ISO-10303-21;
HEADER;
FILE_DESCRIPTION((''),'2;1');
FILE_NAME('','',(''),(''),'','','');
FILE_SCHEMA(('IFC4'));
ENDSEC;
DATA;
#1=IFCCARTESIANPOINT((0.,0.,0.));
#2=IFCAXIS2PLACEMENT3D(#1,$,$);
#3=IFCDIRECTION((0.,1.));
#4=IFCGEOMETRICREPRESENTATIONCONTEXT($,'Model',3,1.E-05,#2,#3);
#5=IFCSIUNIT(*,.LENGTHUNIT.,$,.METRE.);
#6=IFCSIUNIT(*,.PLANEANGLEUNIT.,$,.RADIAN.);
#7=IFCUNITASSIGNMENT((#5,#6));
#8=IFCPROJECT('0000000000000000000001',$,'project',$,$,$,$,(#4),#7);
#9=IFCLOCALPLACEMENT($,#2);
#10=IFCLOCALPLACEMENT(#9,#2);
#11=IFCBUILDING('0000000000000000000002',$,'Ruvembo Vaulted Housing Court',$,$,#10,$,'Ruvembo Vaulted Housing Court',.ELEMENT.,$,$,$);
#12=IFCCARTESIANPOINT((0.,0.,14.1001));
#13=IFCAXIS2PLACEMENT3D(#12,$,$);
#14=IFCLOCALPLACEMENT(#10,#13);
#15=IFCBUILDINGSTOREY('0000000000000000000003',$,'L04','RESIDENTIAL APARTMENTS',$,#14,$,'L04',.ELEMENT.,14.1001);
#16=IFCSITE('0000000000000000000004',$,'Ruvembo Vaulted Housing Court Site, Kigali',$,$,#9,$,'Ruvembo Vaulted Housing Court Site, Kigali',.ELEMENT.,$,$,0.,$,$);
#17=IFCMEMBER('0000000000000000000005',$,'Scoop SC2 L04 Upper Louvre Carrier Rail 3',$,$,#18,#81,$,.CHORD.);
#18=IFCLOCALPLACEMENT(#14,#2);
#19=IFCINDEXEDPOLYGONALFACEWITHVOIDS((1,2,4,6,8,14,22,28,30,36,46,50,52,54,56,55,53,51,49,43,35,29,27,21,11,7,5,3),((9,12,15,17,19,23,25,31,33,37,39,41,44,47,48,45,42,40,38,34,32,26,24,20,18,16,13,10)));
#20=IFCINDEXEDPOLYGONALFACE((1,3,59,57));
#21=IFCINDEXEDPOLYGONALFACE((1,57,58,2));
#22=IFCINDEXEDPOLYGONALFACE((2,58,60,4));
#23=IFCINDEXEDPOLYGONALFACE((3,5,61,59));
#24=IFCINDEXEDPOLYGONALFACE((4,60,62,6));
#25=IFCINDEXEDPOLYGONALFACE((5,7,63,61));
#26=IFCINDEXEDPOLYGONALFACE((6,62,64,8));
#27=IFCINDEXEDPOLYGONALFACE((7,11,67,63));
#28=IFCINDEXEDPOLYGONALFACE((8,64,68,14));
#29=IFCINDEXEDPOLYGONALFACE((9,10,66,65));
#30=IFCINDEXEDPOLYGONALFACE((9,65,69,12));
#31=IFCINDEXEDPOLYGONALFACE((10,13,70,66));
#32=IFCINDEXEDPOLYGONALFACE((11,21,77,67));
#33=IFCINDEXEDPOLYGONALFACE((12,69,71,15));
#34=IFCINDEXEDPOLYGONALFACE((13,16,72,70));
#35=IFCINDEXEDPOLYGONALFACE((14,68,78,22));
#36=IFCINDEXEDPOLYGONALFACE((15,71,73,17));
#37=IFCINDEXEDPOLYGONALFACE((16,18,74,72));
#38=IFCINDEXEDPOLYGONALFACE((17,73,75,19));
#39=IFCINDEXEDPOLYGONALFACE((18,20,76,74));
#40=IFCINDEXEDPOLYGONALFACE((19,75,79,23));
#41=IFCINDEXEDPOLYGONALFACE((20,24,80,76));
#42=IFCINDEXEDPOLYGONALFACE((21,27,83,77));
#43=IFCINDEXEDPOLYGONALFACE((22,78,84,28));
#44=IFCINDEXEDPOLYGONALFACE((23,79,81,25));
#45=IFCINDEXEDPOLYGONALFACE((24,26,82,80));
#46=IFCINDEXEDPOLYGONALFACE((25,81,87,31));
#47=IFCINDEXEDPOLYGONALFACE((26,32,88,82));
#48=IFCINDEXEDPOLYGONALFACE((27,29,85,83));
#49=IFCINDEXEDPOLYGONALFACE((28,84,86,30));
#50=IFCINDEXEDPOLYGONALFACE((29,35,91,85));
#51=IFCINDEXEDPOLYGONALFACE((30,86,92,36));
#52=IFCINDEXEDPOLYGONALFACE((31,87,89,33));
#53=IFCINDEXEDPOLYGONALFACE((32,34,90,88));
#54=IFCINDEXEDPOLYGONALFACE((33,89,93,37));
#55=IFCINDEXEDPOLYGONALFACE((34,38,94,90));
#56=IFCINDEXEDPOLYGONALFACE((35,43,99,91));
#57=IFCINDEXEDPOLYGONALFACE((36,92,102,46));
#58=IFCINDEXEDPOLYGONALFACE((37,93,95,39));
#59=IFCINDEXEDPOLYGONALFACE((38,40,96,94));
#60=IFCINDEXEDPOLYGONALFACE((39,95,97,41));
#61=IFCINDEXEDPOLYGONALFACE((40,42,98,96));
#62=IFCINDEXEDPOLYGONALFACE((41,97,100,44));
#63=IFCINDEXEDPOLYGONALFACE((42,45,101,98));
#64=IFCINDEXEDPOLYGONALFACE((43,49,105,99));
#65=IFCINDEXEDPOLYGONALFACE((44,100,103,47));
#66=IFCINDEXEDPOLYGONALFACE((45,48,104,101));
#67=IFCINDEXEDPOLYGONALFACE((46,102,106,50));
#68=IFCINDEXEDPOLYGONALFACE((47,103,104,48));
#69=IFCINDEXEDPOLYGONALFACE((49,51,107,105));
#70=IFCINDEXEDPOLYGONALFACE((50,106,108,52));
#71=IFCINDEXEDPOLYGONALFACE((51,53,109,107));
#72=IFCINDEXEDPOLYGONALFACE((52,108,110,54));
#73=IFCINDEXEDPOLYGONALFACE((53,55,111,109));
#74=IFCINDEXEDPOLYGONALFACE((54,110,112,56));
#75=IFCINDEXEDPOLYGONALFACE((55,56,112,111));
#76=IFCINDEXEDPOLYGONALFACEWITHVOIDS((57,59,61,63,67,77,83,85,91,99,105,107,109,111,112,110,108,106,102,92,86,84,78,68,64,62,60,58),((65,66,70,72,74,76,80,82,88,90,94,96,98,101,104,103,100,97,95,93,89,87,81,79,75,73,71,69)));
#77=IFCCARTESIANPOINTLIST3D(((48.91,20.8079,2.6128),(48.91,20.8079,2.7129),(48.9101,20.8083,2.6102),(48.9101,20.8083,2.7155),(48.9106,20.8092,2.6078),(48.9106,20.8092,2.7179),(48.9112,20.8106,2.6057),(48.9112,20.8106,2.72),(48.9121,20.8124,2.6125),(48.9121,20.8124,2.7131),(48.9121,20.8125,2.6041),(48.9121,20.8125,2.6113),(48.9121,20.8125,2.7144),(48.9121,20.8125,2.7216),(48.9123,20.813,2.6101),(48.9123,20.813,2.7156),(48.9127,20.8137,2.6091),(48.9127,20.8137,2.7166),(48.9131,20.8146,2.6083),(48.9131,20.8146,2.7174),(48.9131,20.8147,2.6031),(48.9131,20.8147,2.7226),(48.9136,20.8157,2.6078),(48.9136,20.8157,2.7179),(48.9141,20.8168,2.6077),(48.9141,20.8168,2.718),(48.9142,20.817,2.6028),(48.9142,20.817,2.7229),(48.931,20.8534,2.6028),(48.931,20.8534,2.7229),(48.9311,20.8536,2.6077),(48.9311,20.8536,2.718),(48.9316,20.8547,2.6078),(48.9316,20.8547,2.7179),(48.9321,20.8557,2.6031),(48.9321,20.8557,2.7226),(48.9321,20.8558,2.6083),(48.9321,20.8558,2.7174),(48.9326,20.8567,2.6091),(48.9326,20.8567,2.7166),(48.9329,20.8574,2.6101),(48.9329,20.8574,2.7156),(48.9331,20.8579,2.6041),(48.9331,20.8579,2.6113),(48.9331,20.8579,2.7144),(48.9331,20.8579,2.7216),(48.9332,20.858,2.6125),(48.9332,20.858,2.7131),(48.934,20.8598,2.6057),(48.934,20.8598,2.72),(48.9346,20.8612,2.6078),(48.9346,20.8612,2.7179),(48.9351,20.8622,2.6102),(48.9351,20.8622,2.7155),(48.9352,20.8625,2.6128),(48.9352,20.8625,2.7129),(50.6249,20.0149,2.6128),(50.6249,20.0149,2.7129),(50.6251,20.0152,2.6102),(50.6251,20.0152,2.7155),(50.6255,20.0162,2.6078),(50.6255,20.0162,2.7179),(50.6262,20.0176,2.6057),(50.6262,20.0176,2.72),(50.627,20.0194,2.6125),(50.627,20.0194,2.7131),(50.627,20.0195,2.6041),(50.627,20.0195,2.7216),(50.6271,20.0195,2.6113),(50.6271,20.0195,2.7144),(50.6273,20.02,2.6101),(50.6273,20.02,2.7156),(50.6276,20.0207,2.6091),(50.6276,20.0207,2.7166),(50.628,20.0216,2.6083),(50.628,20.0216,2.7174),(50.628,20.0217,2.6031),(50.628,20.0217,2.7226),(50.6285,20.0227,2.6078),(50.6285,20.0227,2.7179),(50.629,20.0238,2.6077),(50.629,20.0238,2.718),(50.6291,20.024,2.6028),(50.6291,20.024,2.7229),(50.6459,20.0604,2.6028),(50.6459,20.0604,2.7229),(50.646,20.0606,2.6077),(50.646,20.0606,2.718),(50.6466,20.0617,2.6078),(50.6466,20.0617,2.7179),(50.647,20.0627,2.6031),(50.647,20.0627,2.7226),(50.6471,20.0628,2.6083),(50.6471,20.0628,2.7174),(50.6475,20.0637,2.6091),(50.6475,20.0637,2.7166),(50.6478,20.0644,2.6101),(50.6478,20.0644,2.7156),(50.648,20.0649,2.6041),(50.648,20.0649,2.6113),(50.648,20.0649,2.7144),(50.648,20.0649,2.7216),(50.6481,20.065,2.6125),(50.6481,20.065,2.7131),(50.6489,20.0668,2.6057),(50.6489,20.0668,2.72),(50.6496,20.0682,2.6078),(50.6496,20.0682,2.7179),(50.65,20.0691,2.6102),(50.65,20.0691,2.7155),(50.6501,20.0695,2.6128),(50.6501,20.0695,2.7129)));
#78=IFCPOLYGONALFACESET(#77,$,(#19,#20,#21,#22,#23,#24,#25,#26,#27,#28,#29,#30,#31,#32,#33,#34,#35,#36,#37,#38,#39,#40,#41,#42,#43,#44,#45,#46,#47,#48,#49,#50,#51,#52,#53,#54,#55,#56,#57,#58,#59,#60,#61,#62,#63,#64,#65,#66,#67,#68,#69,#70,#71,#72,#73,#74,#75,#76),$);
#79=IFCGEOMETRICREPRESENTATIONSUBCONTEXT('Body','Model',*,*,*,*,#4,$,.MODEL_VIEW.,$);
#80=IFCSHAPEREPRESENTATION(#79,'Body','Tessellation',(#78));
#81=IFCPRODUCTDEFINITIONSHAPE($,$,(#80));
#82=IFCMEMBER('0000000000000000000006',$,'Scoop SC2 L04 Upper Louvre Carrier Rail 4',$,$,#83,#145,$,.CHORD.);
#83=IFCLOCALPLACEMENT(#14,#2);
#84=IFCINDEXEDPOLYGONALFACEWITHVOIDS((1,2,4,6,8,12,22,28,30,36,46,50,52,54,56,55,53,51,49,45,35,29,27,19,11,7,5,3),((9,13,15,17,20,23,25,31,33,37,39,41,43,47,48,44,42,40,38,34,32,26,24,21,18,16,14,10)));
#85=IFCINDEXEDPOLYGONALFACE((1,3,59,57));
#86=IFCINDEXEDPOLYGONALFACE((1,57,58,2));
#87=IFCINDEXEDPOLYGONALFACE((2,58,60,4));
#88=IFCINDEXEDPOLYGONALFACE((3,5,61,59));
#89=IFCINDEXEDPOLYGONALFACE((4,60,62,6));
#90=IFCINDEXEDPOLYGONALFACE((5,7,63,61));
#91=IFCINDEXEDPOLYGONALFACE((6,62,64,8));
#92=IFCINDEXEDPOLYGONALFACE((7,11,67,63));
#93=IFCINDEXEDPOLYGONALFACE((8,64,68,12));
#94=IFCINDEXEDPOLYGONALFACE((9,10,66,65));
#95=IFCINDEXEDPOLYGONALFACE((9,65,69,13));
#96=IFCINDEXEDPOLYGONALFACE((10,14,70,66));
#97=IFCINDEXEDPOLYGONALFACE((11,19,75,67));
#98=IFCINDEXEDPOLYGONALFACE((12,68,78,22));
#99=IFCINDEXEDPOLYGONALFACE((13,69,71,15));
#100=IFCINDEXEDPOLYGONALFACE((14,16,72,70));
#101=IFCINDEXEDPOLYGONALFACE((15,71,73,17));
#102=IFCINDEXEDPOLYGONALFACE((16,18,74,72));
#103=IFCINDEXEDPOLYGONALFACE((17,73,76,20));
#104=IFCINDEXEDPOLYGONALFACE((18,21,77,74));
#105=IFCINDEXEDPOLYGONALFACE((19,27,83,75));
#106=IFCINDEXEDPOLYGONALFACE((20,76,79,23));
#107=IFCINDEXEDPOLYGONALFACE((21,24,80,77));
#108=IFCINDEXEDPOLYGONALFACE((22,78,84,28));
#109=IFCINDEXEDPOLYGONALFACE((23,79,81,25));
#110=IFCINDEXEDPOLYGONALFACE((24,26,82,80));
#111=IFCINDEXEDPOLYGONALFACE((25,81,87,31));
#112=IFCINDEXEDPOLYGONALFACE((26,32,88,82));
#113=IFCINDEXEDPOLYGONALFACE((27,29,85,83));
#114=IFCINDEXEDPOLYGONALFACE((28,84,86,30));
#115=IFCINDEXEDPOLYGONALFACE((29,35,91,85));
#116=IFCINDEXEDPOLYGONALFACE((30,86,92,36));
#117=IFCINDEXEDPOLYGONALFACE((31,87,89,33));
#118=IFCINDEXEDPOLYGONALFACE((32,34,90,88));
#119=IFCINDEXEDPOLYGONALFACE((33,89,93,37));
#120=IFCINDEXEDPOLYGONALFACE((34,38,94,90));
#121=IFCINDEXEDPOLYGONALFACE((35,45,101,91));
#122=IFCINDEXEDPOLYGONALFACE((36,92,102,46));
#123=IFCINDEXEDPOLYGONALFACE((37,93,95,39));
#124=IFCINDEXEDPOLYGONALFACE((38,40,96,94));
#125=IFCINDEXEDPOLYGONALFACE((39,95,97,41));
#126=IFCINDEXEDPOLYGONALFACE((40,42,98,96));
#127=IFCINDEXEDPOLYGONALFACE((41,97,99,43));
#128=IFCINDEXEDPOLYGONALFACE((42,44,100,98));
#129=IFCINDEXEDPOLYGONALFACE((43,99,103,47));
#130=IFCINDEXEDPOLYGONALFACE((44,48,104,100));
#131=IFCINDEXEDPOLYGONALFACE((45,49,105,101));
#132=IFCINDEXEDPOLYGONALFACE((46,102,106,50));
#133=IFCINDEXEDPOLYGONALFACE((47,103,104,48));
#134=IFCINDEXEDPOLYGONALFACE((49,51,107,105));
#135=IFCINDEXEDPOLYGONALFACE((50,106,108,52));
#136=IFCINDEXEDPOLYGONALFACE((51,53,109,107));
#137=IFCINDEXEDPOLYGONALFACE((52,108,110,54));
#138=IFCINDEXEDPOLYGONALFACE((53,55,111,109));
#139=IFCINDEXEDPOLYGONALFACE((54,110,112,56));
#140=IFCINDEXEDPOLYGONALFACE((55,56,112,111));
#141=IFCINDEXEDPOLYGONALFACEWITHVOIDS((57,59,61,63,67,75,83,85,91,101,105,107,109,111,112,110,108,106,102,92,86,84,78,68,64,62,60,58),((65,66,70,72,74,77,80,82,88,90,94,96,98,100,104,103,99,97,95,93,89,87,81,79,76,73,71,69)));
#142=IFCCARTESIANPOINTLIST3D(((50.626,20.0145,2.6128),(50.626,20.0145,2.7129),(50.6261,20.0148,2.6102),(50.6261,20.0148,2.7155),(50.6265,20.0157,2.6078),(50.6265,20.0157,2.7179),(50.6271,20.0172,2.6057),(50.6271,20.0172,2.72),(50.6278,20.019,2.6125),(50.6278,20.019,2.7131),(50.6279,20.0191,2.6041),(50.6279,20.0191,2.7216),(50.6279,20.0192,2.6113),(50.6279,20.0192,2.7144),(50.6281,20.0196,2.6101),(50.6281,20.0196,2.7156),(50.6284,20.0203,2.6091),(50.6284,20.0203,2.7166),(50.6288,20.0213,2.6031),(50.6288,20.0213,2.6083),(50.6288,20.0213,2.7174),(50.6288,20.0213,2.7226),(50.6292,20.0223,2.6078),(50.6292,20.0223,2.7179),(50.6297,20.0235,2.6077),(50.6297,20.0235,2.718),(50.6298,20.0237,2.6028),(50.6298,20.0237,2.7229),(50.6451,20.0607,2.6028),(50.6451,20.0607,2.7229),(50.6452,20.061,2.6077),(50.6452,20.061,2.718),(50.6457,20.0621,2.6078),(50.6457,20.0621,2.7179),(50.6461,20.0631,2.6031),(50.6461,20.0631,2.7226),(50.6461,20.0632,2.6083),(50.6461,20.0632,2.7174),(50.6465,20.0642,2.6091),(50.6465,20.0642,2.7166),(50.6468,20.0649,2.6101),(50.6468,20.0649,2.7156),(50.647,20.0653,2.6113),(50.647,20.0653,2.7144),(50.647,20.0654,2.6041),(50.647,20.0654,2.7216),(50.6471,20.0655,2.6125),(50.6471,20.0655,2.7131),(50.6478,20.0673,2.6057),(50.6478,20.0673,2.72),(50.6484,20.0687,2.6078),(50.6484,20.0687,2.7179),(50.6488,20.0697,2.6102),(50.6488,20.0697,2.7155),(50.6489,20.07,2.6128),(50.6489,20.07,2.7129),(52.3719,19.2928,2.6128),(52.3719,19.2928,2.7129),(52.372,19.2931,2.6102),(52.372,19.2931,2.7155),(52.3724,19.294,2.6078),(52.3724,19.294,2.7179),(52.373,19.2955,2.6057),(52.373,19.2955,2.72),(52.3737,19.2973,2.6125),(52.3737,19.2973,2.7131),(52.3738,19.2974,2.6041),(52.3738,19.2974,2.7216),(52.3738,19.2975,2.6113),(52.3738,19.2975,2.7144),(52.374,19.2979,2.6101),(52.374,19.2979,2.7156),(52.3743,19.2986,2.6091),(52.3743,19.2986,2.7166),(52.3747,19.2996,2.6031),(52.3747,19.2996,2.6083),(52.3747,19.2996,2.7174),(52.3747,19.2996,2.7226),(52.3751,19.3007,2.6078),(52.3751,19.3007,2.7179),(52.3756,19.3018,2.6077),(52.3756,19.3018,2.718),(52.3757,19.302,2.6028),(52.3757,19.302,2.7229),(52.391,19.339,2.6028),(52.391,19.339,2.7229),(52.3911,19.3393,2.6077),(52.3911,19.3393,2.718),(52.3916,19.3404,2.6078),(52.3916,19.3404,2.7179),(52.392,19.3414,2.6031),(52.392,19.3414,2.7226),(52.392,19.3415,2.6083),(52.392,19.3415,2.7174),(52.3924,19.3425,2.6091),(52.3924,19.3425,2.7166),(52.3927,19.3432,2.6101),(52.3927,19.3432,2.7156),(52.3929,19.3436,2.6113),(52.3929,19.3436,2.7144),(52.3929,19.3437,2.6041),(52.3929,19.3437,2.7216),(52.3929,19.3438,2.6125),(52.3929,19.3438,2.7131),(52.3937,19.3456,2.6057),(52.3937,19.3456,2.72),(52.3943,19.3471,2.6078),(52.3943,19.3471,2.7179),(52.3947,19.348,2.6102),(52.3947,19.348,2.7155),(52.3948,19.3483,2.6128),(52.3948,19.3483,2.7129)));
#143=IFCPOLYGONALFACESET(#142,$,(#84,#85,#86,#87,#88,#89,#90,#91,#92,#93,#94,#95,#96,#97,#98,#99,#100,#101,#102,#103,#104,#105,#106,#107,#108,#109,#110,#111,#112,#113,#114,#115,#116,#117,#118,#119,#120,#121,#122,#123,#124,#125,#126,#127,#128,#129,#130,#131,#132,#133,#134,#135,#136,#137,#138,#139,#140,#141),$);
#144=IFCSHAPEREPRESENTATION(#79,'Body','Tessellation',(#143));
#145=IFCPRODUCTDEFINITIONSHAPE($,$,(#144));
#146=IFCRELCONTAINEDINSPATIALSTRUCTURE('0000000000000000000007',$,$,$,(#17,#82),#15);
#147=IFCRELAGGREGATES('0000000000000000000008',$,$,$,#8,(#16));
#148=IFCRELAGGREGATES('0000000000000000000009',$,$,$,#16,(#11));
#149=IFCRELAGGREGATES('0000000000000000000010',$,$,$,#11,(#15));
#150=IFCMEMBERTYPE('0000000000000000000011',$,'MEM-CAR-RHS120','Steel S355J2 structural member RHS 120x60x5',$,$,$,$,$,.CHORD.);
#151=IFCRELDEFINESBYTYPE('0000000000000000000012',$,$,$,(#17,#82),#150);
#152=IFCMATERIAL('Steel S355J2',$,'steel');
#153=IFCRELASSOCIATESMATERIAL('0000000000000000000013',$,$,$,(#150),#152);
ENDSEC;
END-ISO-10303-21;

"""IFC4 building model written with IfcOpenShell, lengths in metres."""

from ifc_helpers import new_model, si_unit, direction, frame, origin, origin_2d, place, context, subcontext, project, spatial, hollow_rectangle, extrude, material, material_profile, profile_set, type_object, element, save


model = new_model("IFC4")

# Units and contexts
model_context = context("Model", 3, precision=1e-05, world=origin(), true_north=direction((0.0, 1.0)))
body_context = subcontext(model_context, "Body", "Model", "MODEL_VIEW")
ifc_project = project(units=[si_unit("LENGTHUNIT", "METRE"), si_unit("PLANEANGLEUNIT", "RADIAN")], contexts=[model_context])

# Site, building, storey
site_placement = place(None, origin())
site = spatial("IfcSite", under=ifc_project, at=site_placement, Name="Ruvembo Vaulted Housing Court Site, Kigali", LongName="Ruvembo Vaulted Housing Court Site, Kigali", CompositionType="ELEMENT", RefElevation=0.0)
building_placement = place(site_placement, origin())
building = spatial("IfcBuilding", under=site, at=building_placement, Name="Ruvembo Vaulted Housing Court", LongName="Ruvembo Vaulted Housing Court", CompositionType="ELEMENT")
storey_placement = place(building_placement, frame((0.0, 0.0, 14.1001)))
storey = spatial("IfcBuildingStorey", under=building, at=storey_placement, Name="L04", Description="RESIDENTIAL APARTMENTS", LongName="L04", CompositionType="ELEMENT", Elevation=14.1001)

# Shared definitions
ifc_material_1 = material(Name="Steel S355J2", Category="steel")

# Members
ifc_material_profile_1 = material_profile(ifc_material_1, hollow_rectangle(XDim=0.0601, YDim=0.1201, WallThickness=0.0049, InnerFilletRadius=0.0049, OuterFilletRadius=0.01, at=origin_2d()), Name="RHS 120x60x5")
ifc_profile_set_1 = profile_set([ifc_material_profile_1], Name="Steel S355J2")
member_type_1 = type_object("IfcMemberType", Name="MEM-CAR-RHS120", Description="Steel S355J2 structural member RHS 120x60x5", PredefinedType="CHORD", material=ifc_profile_set_1)
for number, where, z_axis, x_axis, name in (
    (1, (48.9226, 20.8352, 2.6628), (0.907657, -0.419714, 0.0), (0.419714, 0.907657, 0.0), "Scoop SC2 L04 Upper Louvre Carrier Rail 3"),
):
    element("IfcMember", number, at=place(storey_placement, frame(where, z_axis=z_axis, x_axis=x_axis)), inside=storey, type_object=member_type_1, Name=name, PredefinedType="CHORD", context=body_context, shape_type="SweptSolid", body=[
        extrude(hollow_rectangle(XDim=0.0601, YDim=0.1201, WallThickness=0.0049, InnerFilletRadius=0.0049, OuterFilletRadius=0.01, at=origin_2d()), origin(), (0.0, 0.0, 1.0), 1.8894),
    ])
member_1_placement = place(storey_placement, frame((50.6375, 20.0422, 2.6628), z_axis=(0.924155, -0.382017, 0.0), x_axis=(0.382017, 0.924155, 0.0)))
element("IfcMember", 2, at=member_1_placement, inside=storey, type_object=member_type_1, Name="Scoop SC2 L04 Upper Louvre Carrier Rail 4", PredefinedType="CHORD", context=body_context, shape_type="SweptSolid", body=[
    extrude(hollow_rectangle(XDim=0.0601, YDim=0.1201, WallThickness=0.0049, InnerFilletRadius=0.0049, OuterFilletRadius=0.01, at=origin_2d()), origin(), (0.0, 0.0, 1.0), 1.8892),
])

save(model, "model.ifc")
